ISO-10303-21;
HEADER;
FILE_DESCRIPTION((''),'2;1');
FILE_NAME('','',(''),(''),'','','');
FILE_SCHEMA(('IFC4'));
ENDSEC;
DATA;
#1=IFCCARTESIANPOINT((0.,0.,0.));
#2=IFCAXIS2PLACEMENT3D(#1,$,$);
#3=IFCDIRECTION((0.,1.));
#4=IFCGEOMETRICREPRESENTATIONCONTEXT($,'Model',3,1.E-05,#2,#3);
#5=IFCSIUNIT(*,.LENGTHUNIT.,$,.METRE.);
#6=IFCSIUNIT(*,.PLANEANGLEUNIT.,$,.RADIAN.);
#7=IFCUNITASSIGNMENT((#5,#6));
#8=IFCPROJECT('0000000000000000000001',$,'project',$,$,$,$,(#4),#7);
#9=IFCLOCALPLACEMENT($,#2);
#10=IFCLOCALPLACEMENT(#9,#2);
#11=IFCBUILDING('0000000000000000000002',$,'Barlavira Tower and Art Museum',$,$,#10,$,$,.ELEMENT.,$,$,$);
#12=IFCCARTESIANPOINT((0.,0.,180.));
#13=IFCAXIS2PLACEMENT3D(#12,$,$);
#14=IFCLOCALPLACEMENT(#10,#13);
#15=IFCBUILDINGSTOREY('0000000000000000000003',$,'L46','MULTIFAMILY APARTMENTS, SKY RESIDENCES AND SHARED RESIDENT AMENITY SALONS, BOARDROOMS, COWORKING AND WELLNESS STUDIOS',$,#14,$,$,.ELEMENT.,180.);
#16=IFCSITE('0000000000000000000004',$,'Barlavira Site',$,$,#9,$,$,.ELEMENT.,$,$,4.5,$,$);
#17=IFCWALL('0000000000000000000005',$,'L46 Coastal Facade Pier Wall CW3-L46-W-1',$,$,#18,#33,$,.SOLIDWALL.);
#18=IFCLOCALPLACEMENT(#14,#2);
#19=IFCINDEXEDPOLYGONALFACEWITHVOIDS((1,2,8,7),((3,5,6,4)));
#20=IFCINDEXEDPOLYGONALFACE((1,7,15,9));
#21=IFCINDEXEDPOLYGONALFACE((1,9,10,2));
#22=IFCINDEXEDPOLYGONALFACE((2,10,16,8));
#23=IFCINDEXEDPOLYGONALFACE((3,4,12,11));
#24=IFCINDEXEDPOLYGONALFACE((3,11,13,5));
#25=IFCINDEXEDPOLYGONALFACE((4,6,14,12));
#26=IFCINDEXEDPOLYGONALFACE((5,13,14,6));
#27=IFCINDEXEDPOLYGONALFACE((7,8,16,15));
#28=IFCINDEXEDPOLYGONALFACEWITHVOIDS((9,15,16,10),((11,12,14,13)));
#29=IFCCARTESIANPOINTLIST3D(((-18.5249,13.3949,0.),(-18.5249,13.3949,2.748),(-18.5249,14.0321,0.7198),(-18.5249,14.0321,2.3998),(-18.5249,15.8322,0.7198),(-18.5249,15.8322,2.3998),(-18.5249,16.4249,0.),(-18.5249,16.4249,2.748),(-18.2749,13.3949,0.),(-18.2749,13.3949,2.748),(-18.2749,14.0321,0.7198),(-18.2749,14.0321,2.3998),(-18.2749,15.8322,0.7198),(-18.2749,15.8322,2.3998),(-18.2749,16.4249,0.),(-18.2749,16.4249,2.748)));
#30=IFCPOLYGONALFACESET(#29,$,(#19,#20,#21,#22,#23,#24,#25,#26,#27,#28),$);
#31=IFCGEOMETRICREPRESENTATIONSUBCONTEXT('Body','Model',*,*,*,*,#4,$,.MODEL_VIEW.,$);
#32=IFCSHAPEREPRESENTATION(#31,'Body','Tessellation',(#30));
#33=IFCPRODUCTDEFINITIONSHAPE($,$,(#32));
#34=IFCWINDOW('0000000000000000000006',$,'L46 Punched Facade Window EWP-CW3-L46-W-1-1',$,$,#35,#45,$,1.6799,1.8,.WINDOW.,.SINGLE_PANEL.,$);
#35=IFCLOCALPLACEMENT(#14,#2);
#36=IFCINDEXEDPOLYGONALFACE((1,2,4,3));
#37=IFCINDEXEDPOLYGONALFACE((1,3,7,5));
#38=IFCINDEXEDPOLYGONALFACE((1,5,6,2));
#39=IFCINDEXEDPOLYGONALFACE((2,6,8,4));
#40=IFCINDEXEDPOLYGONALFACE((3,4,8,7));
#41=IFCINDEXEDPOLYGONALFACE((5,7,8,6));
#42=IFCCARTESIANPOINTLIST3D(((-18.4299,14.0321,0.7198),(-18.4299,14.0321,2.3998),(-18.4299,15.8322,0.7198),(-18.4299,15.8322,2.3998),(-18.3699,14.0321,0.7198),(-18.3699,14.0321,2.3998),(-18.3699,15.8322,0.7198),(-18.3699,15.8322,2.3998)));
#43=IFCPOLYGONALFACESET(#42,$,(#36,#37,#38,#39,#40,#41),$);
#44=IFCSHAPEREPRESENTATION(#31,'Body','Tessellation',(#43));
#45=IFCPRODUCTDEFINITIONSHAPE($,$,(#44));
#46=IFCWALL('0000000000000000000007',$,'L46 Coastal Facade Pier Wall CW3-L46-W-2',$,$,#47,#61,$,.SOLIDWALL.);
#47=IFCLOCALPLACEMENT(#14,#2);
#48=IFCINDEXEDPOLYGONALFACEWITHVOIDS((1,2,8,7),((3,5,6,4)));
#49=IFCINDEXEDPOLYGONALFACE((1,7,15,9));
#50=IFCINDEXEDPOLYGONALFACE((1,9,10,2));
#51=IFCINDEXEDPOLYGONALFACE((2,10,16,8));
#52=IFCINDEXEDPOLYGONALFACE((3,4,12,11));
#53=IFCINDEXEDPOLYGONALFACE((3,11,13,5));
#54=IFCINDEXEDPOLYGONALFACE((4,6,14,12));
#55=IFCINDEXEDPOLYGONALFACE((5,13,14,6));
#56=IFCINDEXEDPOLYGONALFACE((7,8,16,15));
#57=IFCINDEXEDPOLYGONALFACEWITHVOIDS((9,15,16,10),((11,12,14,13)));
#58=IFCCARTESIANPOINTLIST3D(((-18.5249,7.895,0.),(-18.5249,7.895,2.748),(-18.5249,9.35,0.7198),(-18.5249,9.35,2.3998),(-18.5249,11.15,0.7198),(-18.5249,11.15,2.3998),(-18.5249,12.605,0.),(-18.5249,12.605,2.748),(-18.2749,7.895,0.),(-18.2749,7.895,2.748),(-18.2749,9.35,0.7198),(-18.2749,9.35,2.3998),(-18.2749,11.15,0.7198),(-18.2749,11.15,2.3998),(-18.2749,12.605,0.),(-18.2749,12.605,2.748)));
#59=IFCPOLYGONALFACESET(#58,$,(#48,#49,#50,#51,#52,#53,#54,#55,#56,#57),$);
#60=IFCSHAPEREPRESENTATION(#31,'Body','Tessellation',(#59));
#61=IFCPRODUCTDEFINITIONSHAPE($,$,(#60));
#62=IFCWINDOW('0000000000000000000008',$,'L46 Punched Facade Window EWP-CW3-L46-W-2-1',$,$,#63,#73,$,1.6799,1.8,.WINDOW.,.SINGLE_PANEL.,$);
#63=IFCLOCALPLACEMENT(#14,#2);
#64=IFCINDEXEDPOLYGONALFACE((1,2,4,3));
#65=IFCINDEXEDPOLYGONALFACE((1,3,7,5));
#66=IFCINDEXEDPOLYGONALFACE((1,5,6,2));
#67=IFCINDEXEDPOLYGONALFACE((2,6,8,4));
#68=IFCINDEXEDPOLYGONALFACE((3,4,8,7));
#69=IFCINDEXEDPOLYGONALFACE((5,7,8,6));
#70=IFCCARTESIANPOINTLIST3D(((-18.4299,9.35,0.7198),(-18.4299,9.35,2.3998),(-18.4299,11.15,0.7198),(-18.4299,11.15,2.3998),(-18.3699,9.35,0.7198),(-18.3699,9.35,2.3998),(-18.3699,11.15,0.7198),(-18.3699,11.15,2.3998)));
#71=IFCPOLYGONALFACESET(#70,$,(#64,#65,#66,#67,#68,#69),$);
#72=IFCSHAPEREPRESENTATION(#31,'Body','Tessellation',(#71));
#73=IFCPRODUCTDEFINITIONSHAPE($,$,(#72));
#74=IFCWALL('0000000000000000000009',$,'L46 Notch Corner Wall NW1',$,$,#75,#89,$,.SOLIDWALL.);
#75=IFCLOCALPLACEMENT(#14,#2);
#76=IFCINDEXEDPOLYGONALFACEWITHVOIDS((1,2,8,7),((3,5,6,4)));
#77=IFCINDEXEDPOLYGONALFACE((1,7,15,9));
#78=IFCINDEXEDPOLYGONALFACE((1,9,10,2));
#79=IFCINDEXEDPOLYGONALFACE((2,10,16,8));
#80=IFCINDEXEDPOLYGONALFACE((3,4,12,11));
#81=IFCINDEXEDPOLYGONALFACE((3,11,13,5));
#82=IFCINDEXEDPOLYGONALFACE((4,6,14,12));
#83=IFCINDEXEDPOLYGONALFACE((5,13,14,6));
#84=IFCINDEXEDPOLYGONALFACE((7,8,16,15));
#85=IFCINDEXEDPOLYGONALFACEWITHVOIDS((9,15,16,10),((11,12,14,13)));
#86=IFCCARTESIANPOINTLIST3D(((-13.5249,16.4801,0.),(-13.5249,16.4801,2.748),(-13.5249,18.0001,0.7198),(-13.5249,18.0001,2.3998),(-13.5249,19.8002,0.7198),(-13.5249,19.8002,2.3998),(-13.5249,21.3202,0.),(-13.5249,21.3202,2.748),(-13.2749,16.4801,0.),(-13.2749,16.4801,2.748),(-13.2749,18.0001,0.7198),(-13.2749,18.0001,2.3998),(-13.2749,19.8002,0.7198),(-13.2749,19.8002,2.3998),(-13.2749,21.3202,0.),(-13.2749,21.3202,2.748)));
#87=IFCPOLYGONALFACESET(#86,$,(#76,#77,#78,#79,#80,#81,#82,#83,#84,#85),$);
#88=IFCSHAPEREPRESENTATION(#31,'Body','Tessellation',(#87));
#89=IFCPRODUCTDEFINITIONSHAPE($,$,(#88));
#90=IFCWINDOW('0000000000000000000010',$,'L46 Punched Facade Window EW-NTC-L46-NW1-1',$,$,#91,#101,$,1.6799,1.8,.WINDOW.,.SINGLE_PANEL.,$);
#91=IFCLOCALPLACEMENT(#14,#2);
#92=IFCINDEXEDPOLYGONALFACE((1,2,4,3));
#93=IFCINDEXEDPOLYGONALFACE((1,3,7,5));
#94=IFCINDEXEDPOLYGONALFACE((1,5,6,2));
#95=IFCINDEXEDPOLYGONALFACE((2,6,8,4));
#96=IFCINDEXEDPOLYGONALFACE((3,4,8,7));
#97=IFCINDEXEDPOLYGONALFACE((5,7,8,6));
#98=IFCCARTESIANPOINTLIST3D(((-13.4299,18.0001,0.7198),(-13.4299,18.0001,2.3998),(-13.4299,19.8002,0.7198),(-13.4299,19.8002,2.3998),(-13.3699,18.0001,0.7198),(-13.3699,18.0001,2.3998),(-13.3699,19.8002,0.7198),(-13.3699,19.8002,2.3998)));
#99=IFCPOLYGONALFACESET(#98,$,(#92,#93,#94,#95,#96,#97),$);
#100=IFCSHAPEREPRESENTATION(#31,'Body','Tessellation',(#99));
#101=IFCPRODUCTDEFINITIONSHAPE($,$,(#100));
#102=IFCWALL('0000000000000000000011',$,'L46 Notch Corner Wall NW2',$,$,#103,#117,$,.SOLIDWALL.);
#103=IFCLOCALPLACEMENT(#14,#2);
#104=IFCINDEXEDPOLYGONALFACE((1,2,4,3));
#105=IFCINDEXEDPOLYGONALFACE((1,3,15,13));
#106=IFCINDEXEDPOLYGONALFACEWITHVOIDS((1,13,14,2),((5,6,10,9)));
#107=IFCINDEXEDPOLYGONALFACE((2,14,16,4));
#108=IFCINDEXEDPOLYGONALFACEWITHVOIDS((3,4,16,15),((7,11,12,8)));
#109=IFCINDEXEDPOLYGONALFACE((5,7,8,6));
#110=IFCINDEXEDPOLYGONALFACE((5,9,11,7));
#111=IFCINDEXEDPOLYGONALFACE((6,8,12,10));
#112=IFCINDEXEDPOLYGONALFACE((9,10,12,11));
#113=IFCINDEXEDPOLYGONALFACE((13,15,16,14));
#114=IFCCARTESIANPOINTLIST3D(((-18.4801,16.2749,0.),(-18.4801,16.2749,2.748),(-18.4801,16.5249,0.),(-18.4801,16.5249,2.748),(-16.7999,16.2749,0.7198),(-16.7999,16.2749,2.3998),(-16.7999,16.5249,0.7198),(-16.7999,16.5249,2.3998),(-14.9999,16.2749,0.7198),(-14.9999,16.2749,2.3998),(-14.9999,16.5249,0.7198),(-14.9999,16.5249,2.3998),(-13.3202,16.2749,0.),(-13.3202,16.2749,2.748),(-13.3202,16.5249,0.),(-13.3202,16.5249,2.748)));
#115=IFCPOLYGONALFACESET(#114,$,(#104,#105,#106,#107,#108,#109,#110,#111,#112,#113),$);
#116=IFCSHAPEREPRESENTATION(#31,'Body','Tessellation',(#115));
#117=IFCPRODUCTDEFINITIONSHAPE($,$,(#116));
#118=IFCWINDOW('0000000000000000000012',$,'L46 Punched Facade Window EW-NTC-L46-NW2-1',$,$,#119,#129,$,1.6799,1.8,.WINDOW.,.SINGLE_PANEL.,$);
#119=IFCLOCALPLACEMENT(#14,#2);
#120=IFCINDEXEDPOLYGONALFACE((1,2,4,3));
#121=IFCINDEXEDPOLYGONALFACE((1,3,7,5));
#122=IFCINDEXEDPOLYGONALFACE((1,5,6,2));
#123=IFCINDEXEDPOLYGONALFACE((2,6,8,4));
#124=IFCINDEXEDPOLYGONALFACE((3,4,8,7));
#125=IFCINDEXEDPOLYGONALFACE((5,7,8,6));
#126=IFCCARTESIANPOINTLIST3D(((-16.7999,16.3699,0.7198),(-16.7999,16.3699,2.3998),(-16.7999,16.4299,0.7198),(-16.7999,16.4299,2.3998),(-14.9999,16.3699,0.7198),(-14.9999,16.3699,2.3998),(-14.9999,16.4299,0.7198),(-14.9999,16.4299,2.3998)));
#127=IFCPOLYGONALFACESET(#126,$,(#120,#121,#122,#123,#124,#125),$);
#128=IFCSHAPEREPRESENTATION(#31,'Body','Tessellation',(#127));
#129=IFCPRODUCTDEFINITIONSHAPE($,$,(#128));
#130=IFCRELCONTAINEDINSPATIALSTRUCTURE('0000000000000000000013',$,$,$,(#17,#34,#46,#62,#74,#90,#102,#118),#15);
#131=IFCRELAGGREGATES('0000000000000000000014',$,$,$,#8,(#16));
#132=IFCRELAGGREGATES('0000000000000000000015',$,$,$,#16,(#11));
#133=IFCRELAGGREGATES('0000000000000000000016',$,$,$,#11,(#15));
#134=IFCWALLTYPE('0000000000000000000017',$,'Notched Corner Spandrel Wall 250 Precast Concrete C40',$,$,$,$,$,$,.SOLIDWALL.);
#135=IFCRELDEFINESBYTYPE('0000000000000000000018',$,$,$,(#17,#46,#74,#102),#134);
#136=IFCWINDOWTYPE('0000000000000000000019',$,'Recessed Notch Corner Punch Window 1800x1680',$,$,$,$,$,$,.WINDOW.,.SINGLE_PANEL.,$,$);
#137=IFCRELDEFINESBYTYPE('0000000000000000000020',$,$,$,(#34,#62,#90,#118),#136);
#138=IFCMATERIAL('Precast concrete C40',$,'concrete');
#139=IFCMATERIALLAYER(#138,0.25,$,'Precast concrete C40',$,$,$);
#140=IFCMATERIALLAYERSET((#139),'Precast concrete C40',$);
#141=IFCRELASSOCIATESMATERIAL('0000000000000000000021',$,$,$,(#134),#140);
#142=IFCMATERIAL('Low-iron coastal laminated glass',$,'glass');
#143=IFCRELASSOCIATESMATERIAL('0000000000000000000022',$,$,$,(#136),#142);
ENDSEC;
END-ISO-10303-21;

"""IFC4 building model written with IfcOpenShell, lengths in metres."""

from ifc_helpers import new_model, si_unit, direction, frame, frame_2d, origin, place, context, subcontext, project, spatial, rectangle, extrude, material, layer, layer_set, type_object, element, fill, save


model = new_model("IFC4")

# Units and contexts
model_context = context("Model", 3, precision=1e-05, world=origin(), true_north=direction((0.0, 1.0)))
body_context = subcontext(model_context, "Body", "Model", "MODEL_VIEW")
ifc_project = project(units=[si_unit("LENGTHUNIT", "METRE"), si_unit("PLANEANGLEUNIT", "RADIAN")], contexts=[model_context])

# Site, building, storey
site_placement = place(None, origin())
site = spatial("IfcSite", under=ifc_project, at=site_placement, Name="Barlavira Site", CompositionType="ELEMENT", RefElevation=4.5)
building_placement = place(site_placement, origin())
building = spatial("IfcBuilding", under=site, at=building_placement, Name="Barlavira Tower and Art Museum", CompositionType="ELEMENT")
storey_placement = place(building_placement, frame((0.0, 0.0, 180.0)))
storey = spatial("IfcBuildingStorey", under=building, at=storey_placement, Name="L46", Description="MULTIFAMILY APARTMENTS, SKY RESIDENCES AND SHARED RESIDENT AMENITY SALONS, BOARDROOMS, COWORKING AND WELLNESS STUDIOS", CompositionType="ELEMENT", Elevation=180.0)

# Shared definitions
ifc_material_1 = material(Name="Precast concrete C40", Category="concrete")
ifc_layer_1 = layer(ifc_material_1, 0.25, Name="Precast concrete C40")
ifc_layer_set_1 = layer_set([ifc_layer_1], Name="Precast concrete C40")
wall_type_1 = type_object("IfcWallType", Name="Notched Corner Spandrel Wall 250 Precast Concrete C40", PredefinedType="SOLIDWALL", material=ifc_layer_set_1)
ifc_material_2 = material(Name="Low-iron coastal laminated glass", Category="glass")
window_type_1 = type_object("IfcWindowType", Name="Recessed Notch Corner Punch Window 1800x1680", PartitioningType="SINGLE_PANEL", PredefinedType="WINDOW", material=ifc_material_2)

# Walls, openings, windows
wall_1_placement = place(storey_placement, frame((-18.3999, 16.425, 0.0), z_axis=(0.0, 0.0, 1.0), x_axis=(0.0, -1.0, 0.0)))
wall_1 = element("IfcWall", 1, at=wall_1_placement, inside=storey, type_object=wall_type_1, Name="L46 Coastal Facade Pier Wall CW3-L46-W-1", PredefinedType="SOLIDWALL", context=body_context, shape_type="SweptSolid", body=[
    extrude(rectangle(XDim=3.03, YDim=0.25, at=frame_2d((1.5151, 0.0))), origin(), (0.0, 0.0, 1.0), 2.748),
])
opening_1_placement = place(wall_1_placement, frame((0.593, 0.0, 0.72)))
opening_1 = element("IfcOpeningElement", 2, at=opening_1_placement, cuts=wall_1, PredefinedType="OPENING", context=body_context, shape_type="SweptSolid", body=[
    extrude(rectangle(XDim=1.8, YDim=1.6799, at=frame_2d((0.8999, 0.8398))), frame((0.0, 0.135, 0.0), z_axis=(0.0, -1.0, 0.0), x_axis=(1.0, 0.0, 0.0)), (0.0, 0.0, 1.0), 0.27),
])
window_1_placement = place(opening_1_placement, origin())
window_1 = element("IfcWindow", 3, at=window_1_placement, inside=storey, type_object=window_type_1, Name="L46 Punched Facade Window EWP-CW3-L46-W-1-1", OverallHeight=1.6799, OverallWidth=1.8, PartitioningType="SINGLE_PANEL", PredefinedType="WINDOW", context=body_context, shape_type="SweptSolid", body=[
    extrude(rectangle(XDim=1.8, YDim=1.6799, at=frame_2d((0.8999, 0.8398))), frame((0.0, 0.03, 0.0), z_axis=(0.0, -1.0, 0.0), x_axis=(1.0, 0.0, 0.0)), (0.0, 0.0, 1.0), 0.0601),
])
fill(opening_1, window_1)
wall_2_placement = place(storey_placement, frame((-18.3999, 12.605, 0.0), z_axis=(0.0, 0.0, 1.0), x_axis=(0.0, -1.0, 0.0)))
wall_2 = element("IfcWall", 4, at=wall_2_placement, inside=storey, type_object=wall_type_1, Name="L46 Coastal Facade Pier Wall CW3-L46-W-2", PredefinedType="SOLIDWALL", context=body_context, shape_type="SweptSolid", body=[
    extrude(rectangle(XDim=4.71, YDim=0.25, at=frame_2d((2.355, 0.0))), origin(), (0.0, 0.0, 1.0), 2.748),
])
opening_2_placement = place(wall_2_placement, frame((1.4551, 0.0, 0.72)))
opening_2 = element("IfcOpeningElement", 5, at=opening_2_placement, cuts=wall_2, PredefinedType="OPENING", context=body_context, shape_type="SweptSolid", body=[
    extrude(rectangle(XDim=1.8, YDim=1.6799, at=frame_2d((0.8999, 0.8398))), frame((0.0, 0.135, 0.0), z_axis=(0.0, -1.0, 0.0), x_axis=(1.0, 0.0, 0.0)), (0.0, 0.0, 1.0), 0.27),
])
window_2_placement = place(opening_2_placement, origin())
window_2 = element("IfcWindow", 6, at=window_2_placement, inside=storey, type_object=window_type_1, Name="L46 Punched Facade Window EWP-CW3-L46-W-2-1", OverallHeight=1.6799, OverallWidth=1.8, PartitioningType="SINGLE_PANEL", PredefinedType="WINDOW", context=body_context, shape_type="SweptSolid", body=[
    extrude(rectangle(XDim=1.8, YDim=1.6799, at=frame_2d((0.8999, 0.8398))), frame((0.0, 0.03, 0.0), z_axis=(0.0, -1.0, 0.0), x_axis=(1.0, 0.0, 0.0)), (0.0, 0.0, 1.0), 0.0601),
])
fill(opening_2, window_2)
wall_3_placement = place(storey_placement, frame((-13.3999, 21.3201, 0.0), z_axis=(0.0, 0.0, 1.0), x_axis=(0.0, -1.0, 0.0)))
wall_3 = element("IfcWall", 7, at=wall_3_placement, inside=storey, type_object=wall_type_1, Name="L46 Notch Corner Wall NW1", PredefinedType="SOLIDWALL", context=body_context, shape_type="SweptSolid", body=[
    extrude(rectangle(XDim=4.8401, YDim=0.25, at=frame_2d((2.4199, 0.0))), origin(), (0.0, 0.0, 1.0), 2.748),
])
opening_3_placement = place(wall_3_placement, frame((1.52, 0.0, 0.72)))
opening_3 = element("IfcOpeningElement", 8, at=opening_3_placement, cuts=wall_3, PredefinedType="OPENING", context=body_context, shape_type="SweptSolid", body=[
    extrude(rectangle(XDim=1.8, YDim=1.6799, at=frame_2d((0.8999, 0.8398))), frame((0.0, 0.135, 0.0), z_axis=(0.0, -1.0, 0.0), x_axis=(1.0, 0.0, 0.0)), (0.0, 0.0, 1.0), 0.27),
])
window_3_placement = place(opening_3_placement, origin())
window_3 = element("IfcWindow", 9, at=window_3_placement, inside=storey, type_object=window_type_1, Name="L46 Punched Facade Window EW-NTC-L46-NW1-1", OverallHeight=1.6799, OverallWidth=1.8, PartitioningType="SINGLE_PANEL", PredefinedType="WINDOW", context=body_context, shape_type="SweptSolid", body=[
    extrude(rectangle(XDim=1.8, YDim=1.6799, at=frame_2d((0.8999, 0.8398))), frame((0.0, 0.03, 0.0), z_axis=(0.0, -1.0, 0.0), x_axis=(1.0, 0.0, 0.0)), (0.0, 0.0, 1.0), 0.0601),
])
fill(opening_3, window_3)
wall_4_placement = place(storey_placement, frame((-13.3201, 16.3999, 0.0), z_axis=(0.0, 0.0, 1.0), x_axis=(-1.0, 0.0, 0.0)))
wall_4 = element("IfcWall", 10, at=wall_4_placement, inside=storey, type_object=wall_type_1, Name="L46 Notch Corner Wall NW2", PredefinedType="SOLIDWALL", context=body_context, shape_type="SweptSolid", body=[
    extrude(rectangle(XDim=5.1599, YDim=0.25, at=frame_2d((2.5801, 0.0))), origin(), (0.0, 0.0, 1.0), 2.748),
])
opening_4_placement = place(wall_4_placement, frame((1.6799, 0.0, 0.72)))
opening_4 = element("IfcOpeningElement", 11, at=opening_4_placement, cuts=wall_4, PredefinedType="OPENING", context=body_context, shape_type="SweptSolid", body=[
    extrude(rectangle(XDim=1.8, YDim=1.6799, at=frame_2d((0.8999, 0.8398))), frame((0.0, 0.135, 0.0), z_axis=(0.0, -1.0, 0.0), x_axis=(1.0, 0.0, 0.0)), (0.0, 0.0, 1.0), 0.27),
])
window_4_placement = place(opening_4_placement, origin())
window_4 = element("IfcWindow", 12, at=window_4_placement, inside=storey, type_object=window_type_1, Name="L46 Punched Facade Window EW-NTC-L46-NW2-1", OverallHeight=1.6799, OverallWidth=1.8, PartitioningType="SINGLE_PANEL", PredefinedType="WINDOW", context=body_context, shape_type="SweptSolid", body=[
    extrude(rectangle(XDim=1.8, YDim=1.6799, at=frame_2d((0.8999, 0.8398))), frame((0.0, 0.03, 0.0), z_axis=(0.0, -1.0, 0.0), x_axis=(1.0, 0.0, 0.0)), (0.0, 0.0, 1.0), 0.0601),
])
fill(opening_4, window_4)

save(model, "model.ifc")
